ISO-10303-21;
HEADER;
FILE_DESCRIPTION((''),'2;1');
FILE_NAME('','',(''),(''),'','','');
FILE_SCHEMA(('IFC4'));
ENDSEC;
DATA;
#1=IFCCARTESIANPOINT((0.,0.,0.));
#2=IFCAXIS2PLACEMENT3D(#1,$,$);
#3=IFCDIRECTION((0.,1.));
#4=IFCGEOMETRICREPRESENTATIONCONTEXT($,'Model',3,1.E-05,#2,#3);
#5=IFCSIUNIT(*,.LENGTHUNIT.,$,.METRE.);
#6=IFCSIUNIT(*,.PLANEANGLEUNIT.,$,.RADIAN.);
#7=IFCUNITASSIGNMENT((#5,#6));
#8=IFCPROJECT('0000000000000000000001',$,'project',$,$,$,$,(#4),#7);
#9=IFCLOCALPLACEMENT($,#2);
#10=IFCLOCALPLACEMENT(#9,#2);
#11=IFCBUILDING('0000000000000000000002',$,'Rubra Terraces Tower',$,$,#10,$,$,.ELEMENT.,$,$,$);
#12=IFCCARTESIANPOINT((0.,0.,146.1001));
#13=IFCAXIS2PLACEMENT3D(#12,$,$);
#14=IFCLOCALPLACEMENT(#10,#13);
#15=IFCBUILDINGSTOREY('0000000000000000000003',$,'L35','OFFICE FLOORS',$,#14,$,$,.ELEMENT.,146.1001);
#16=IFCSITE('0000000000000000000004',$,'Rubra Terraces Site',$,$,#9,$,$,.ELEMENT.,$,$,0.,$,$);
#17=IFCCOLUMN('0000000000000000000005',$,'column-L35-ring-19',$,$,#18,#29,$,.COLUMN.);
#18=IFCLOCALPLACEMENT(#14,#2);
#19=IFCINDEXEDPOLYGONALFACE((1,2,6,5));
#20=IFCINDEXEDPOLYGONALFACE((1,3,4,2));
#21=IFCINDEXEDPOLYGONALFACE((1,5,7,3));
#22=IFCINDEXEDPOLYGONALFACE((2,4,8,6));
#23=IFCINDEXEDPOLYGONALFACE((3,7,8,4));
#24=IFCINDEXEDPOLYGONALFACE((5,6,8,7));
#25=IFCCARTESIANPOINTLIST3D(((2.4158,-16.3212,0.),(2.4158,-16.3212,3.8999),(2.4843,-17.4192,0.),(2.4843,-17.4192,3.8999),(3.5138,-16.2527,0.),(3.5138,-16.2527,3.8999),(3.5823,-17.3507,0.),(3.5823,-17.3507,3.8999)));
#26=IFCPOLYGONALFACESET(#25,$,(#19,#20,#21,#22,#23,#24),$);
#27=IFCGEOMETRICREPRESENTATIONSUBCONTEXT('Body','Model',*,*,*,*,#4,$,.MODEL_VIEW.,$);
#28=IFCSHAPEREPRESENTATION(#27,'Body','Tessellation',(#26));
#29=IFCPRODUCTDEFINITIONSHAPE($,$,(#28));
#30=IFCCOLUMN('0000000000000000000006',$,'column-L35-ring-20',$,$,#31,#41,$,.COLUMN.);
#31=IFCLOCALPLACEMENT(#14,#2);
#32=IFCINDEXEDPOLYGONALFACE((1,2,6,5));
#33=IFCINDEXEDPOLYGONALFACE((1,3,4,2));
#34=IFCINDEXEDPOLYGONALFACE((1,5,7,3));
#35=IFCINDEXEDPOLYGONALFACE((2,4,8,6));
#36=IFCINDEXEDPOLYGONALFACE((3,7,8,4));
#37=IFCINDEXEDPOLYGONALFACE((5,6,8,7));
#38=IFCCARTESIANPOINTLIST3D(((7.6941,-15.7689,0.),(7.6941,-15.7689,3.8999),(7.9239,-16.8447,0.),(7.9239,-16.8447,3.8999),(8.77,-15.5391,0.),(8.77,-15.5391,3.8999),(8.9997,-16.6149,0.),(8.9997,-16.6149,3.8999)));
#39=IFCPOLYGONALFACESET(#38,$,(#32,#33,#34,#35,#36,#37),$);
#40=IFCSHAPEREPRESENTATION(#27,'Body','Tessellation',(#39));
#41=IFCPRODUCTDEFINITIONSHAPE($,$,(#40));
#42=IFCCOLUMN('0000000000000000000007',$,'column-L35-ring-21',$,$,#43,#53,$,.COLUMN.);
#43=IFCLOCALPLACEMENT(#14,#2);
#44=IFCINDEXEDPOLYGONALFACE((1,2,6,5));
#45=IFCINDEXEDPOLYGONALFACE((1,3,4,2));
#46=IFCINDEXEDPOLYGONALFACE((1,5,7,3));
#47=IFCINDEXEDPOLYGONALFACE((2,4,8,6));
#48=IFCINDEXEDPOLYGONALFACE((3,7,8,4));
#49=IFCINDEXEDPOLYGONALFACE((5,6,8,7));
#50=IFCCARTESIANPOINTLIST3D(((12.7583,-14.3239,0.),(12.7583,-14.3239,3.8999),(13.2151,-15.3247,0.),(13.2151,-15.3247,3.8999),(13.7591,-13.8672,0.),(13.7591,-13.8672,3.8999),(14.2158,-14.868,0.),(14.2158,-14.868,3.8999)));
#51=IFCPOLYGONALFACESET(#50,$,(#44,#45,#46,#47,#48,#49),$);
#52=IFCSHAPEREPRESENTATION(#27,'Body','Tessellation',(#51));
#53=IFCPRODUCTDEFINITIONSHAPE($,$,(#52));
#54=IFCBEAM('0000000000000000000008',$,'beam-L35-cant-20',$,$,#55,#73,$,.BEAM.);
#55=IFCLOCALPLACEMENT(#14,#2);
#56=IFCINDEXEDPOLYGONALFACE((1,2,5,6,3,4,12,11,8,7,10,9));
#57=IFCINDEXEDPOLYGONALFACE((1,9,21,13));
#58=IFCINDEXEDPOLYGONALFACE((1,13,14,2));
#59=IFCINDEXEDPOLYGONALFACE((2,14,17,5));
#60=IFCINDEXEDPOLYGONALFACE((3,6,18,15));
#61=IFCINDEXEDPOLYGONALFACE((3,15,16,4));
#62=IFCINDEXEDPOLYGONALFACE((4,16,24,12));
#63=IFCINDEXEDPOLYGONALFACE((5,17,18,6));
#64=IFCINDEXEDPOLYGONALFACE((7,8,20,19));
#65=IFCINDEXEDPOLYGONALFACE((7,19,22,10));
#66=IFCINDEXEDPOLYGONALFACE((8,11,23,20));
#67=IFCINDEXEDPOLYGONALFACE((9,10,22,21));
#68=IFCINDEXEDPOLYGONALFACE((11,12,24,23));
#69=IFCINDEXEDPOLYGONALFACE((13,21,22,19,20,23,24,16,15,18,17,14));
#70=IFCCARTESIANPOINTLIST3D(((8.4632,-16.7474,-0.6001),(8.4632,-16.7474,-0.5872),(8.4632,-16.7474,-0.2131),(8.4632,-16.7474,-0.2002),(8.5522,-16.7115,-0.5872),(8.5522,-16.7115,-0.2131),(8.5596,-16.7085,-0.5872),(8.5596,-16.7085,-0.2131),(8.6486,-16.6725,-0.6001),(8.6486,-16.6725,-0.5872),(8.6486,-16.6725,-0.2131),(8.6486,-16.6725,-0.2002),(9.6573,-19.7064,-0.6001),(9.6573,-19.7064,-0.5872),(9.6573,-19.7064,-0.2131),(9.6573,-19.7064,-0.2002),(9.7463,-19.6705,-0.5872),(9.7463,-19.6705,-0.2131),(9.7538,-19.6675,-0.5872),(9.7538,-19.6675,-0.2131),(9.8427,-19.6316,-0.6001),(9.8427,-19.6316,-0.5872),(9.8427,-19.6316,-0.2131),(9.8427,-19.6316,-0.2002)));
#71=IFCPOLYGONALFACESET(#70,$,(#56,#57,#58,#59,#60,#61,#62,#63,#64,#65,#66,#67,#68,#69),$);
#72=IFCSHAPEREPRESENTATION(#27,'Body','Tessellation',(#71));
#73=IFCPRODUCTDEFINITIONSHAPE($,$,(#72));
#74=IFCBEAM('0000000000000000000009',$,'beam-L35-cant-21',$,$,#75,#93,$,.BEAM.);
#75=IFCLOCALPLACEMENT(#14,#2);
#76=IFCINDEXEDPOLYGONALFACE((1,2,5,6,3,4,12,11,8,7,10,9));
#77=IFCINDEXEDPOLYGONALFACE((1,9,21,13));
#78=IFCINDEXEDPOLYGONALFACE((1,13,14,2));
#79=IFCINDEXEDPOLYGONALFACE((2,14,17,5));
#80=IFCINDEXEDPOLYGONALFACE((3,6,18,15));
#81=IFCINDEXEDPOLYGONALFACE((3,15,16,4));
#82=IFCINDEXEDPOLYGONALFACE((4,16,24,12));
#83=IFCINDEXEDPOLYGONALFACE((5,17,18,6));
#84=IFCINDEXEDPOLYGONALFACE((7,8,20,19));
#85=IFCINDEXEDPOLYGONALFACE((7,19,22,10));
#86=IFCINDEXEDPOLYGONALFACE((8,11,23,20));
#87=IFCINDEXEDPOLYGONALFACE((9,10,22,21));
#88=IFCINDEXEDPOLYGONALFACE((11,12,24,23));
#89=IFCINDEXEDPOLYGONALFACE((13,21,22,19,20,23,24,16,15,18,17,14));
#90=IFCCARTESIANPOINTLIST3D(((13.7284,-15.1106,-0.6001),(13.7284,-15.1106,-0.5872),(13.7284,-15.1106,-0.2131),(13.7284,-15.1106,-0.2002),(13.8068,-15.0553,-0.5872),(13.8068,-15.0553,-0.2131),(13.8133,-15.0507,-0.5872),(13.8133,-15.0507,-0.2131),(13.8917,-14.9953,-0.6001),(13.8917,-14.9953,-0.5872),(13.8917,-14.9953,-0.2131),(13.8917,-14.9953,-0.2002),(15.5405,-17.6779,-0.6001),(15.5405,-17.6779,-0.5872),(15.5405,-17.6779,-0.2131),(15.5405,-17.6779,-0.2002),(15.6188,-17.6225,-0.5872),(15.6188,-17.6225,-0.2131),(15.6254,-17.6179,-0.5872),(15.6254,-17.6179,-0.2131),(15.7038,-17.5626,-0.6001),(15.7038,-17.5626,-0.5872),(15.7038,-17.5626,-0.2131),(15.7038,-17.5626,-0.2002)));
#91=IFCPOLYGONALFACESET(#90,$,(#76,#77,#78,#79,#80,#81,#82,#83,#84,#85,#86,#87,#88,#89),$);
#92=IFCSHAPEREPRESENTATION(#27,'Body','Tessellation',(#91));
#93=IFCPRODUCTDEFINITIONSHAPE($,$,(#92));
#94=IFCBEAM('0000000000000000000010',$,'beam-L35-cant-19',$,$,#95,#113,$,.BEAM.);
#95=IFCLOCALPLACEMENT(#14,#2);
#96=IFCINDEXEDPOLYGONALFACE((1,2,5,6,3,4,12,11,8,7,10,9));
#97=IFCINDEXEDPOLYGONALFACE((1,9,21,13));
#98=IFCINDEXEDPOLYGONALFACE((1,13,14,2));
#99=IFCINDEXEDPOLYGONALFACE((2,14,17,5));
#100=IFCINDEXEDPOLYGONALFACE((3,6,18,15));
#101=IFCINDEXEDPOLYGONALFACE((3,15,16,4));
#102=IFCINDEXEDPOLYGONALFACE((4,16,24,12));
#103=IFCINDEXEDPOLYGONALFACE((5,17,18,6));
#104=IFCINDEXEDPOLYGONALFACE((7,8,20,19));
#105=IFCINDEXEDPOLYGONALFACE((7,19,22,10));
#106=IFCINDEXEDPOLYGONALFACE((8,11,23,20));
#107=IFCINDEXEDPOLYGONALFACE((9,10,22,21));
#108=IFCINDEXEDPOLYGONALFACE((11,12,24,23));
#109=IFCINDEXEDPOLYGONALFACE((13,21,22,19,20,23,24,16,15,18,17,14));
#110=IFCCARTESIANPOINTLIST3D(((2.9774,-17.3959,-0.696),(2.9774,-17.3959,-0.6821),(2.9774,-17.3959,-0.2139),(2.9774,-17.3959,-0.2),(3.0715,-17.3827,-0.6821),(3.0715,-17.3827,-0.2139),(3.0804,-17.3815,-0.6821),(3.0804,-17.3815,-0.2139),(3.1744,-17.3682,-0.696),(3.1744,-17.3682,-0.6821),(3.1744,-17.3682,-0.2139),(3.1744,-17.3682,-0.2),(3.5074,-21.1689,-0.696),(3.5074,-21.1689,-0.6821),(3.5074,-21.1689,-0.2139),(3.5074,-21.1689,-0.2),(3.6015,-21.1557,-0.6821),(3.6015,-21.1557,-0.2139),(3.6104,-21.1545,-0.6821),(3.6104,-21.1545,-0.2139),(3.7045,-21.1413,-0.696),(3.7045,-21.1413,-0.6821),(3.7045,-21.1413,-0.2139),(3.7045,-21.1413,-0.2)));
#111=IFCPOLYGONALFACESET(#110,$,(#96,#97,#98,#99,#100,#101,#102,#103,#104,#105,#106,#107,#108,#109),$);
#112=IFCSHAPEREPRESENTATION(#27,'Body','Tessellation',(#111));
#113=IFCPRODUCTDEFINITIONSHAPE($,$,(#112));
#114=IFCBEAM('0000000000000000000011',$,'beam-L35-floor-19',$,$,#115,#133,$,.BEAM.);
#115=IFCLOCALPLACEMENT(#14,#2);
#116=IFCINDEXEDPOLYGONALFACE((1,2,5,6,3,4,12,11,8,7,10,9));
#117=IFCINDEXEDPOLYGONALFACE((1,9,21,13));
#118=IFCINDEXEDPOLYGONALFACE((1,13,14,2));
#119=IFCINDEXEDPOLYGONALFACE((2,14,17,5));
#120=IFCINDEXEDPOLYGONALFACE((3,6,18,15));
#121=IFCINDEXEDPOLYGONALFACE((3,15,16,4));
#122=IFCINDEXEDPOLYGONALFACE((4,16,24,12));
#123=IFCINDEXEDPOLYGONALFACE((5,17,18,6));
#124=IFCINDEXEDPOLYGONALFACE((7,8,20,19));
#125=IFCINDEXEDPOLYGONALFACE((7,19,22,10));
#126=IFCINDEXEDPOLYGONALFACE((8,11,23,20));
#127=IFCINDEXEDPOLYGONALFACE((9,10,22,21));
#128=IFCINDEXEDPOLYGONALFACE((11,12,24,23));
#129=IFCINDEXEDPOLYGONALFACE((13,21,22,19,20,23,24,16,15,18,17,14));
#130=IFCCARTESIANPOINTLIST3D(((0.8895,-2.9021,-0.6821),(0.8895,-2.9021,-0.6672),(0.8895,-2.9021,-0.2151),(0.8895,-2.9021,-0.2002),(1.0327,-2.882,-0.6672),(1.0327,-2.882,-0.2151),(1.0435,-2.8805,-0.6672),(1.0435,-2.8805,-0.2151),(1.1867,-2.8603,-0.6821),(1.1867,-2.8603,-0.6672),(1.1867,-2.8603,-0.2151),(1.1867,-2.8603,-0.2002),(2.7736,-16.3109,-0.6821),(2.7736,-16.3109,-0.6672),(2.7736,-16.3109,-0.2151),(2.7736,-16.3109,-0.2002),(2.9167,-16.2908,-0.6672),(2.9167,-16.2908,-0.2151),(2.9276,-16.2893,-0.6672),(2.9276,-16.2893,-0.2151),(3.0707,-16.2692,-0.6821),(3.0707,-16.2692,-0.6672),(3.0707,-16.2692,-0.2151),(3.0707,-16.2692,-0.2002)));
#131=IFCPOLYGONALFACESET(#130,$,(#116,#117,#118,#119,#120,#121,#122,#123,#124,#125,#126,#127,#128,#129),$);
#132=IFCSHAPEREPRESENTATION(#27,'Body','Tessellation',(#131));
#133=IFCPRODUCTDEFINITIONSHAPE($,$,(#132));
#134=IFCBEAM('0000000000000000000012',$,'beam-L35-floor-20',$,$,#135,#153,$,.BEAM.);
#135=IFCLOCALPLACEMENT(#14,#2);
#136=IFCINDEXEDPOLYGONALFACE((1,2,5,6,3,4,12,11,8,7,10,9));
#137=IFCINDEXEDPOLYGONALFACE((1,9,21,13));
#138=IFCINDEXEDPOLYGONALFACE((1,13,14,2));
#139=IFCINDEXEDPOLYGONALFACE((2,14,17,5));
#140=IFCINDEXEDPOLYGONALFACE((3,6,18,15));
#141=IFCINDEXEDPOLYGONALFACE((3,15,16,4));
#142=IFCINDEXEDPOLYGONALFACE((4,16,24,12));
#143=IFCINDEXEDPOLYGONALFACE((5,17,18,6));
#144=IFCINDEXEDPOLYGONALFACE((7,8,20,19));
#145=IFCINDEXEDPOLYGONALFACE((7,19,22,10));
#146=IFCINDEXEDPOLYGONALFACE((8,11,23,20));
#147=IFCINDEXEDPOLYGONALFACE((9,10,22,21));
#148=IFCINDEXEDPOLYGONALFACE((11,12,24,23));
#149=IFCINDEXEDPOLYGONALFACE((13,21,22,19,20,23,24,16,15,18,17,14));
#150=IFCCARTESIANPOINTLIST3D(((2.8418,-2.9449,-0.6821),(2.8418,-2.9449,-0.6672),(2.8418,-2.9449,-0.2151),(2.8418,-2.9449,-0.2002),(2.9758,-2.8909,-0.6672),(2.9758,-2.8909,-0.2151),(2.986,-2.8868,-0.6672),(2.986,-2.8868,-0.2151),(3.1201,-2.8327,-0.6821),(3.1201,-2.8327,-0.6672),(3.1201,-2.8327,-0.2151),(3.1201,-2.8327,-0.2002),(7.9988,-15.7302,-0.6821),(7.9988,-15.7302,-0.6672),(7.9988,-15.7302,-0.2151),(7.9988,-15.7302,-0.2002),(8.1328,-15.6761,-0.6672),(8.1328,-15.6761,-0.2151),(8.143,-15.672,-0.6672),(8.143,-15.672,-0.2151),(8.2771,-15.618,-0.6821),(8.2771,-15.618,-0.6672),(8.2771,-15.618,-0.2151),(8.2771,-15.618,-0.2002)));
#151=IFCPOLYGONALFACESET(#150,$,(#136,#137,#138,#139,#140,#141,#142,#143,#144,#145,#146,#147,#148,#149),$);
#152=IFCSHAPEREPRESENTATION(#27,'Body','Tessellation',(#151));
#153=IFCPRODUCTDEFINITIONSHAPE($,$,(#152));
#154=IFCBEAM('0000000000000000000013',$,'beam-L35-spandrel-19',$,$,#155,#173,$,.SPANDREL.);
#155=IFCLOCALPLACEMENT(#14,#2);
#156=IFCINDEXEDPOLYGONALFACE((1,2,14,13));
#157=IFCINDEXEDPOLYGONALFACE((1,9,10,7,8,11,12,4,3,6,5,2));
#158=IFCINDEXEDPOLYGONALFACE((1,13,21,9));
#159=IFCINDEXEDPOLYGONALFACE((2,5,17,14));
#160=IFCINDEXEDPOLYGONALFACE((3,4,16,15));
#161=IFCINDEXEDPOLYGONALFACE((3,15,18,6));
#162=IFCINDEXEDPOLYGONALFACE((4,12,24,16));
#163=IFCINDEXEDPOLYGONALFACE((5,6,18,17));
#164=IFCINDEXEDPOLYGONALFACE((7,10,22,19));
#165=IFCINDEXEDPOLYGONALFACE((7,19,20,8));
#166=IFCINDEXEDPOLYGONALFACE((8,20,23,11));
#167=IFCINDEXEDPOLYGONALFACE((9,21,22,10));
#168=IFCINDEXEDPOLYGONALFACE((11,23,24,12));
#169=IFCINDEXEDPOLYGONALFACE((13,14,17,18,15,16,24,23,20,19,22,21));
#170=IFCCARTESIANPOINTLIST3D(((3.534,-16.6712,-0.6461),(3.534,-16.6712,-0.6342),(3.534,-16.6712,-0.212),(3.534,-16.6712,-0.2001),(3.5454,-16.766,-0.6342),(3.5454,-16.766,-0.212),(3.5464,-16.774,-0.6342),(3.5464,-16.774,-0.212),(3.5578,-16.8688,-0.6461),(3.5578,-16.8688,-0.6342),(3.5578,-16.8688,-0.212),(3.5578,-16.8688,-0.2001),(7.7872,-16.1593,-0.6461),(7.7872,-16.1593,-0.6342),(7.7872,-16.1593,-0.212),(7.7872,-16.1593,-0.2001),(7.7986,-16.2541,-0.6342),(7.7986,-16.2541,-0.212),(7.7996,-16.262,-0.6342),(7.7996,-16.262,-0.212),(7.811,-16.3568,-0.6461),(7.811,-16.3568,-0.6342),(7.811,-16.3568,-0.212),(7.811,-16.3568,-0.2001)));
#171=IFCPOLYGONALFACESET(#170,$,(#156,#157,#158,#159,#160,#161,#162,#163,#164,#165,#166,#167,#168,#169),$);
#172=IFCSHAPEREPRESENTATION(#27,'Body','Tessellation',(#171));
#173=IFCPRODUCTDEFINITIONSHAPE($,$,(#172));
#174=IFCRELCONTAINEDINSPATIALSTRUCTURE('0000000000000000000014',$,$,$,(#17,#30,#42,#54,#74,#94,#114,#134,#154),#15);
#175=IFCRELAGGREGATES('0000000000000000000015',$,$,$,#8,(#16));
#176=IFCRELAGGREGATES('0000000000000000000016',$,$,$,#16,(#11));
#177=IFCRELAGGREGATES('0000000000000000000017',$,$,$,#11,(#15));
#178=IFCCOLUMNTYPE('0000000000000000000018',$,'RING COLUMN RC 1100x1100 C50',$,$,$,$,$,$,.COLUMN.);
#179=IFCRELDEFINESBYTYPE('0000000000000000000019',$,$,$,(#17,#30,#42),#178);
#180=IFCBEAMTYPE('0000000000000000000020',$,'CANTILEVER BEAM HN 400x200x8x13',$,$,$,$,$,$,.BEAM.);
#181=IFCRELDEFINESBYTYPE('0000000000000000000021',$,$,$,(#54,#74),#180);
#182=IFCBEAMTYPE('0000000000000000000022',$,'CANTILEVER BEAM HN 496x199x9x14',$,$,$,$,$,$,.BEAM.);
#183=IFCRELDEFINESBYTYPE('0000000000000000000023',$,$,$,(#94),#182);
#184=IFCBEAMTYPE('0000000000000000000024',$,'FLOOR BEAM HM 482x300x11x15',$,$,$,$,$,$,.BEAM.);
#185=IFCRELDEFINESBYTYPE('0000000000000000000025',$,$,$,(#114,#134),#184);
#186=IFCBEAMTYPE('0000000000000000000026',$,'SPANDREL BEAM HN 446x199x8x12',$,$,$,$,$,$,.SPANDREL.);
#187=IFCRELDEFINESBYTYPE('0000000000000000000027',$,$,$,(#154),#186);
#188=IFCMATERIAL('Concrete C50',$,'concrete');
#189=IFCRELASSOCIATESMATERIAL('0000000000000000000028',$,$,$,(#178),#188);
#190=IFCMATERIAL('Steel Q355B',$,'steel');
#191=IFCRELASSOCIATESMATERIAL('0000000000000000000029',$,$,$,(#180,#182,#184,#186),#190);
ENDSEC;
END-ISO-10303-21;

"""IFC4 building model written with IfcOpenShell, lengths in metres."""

from ifc_helpers import new_model, si_unit, direction, frame, origin, origin_2d, place, context, subcontext, project, spatial, rectangle, i_section, extrude, material, material_profile, profile_set, type_object, element, save


model = new_model("IFC4")

# Units and contexts
model_context = context("Model", 3, precision=1e-05, world=origin(), true_north=direction((0.0, 1.0)))
body_context = subcontext(model_context, "Body", "Model", "MODEL_VIEW")
ifc_project = project(units=[si_unit("LENGTHUNIT", "METRE"), si_unit("PLANEANGLEUNIT", "RADIAN")], contexts=[model_context])

# Site, building, storey
site_placement = place(None, origin())
site = spatial("IfcSite", under=ifc_project, at=site_placement, Name="Rubra Terraces Site", CompositionType="ELEMENT", RefElevation=0.0)
building_placement = place(site_placement, origin())
building = spatial("IfcBuilding", under=site, at=building_placement, Name="Rubra Terraces Tower", CompositionType="ELEMENT")
storey_placement = place(building_placement, frame((0.0, 0.0, 146.1001)))
storey = spatial("IfcBuildingStorey", under=building, at=storey_placement, Name="L35", Description="OFFICE FLOORS", CompositionType="ELEMENT", Elevation=146.1001)

# Columns
ifc_material_1 = material(Name="Concrete C50", Category="concrete")
ifc_material_profile_1 = material_profile(ifc_material_1, rectangle(XDim=1.1001, YDim=1.1001, at=origin_2d()), Name="RC 1100x1100")
ifc_profile_set_1 = profile_set([ifc_material_profile_1], Name="Concrete C50")
column_type = type_object("IfcColumnType", Name="RING COLUMN RC 1100x1100 C50", PredefinedType="COLUMN", material=ifc_profile_set_1)
for number, where, z_axis, x_axis, name in (
    (1, (2.999, -16.8359, 0.0), (0.0, 0.0, 1.0), (0.998059, 0.062268, 0.0), "column-L35-ring-19"),
    (2, (8.3469, -16.1919, 0.0), (0.0, 0.0, 1.0), (0.977944, 0.208867, 0.0), "column-L35-ring-20"),
    (3, (13.4871, -14.5959, 0.0), (0.0, 0.0, 1.0), (0.909726, 0.415208, 0.0), "column-L35-ring-21"),
):
    element("IfcColumn", number, at=place(storey_placement, frame(where, z_axis=z_axis, x_axis=x_axis)), inside=storey, type_object=column_type, Name=name, PredefinedType="COLUMN", context=body_context, shape_type="SweptSolid", body=[
        extrude(rectangle(XDim=1.1001, YDim=1.1001, at=origin_2d()), origin(), (0.0, 0.0, 1.0), 3.8999),
    ])

# Beams
ifc_material_2 = material(Name="Steel Q355B", Category="steel")
ifc_material_profile_2 = material_profile(ifc_material_2, i_section(OverallWidth=0.2, OverallDepth=0.3999, WebThickness=0.0081, FlangeThickness=0.0129, at=origin_2d()), Name="HN 400x200x8x13")
ifc_profile_set_2 = profile_set([ifc_material_profile_2], Name="Steel Q355B")
beam_type_1 = type_object("IfcBeamType", Name="CANTILEVER BEAM HN 400x200x8x13", PredefinedType="BEAM", material=ifc_profile_set_2)
beam_1_placement = place(storey_placement, frame((8.5559, -16.71, -0.4001), z_axis=(0.374225, -0.927338, 0.0), x_axis=(0.927338, 0.374225, 0.0)))
element("IfcBeam", 4, at=beam_1_placement, inside=storey, type_object=beam_type_1, Name="beam-L35-cant-20", PredefinedType="BEAM", context=body_context, shape_type="SweptSolid", body=[
    extrude(i_section(OverallWidth=0.2, OverallDepth=0.3999, WebThickness=0.0081, FlangeThickness=0.0129, at=origin_2d()), origin(), (0.0, 0.0, 1.0), 3.1909),
])
beam_2_placement = place(storey_placement, frame((13.8101, -15.053, -0.4001), z_axis=(0.576665, -0.816981, 0.0), x_axis=(0.816981, 0.576665, 0.0)))
element("IfcBeam", 5, at=beam_2_placement, inside=storey, type_object=beam_type_1, Name="beam-L35-cant-21", PredefinedType="BEAM", context=body_context, shape_type="SweptSolid", body=[
    extrude(i_section(OverallWidth=0.2, OverallDepth=0.3999, WebThickness=0.0081, FlangeThickness=0.0129, at=origin_2d()), origin(), (0.0, 0.0, 1.0), 3.1423),
])
ifc_material_profile_3 = material_profile(ifc_material_2, i_section(OverallWidth=0.199, OverallDepth=0.4961, WebThickness=0.009, FlangeThickness=0.0139, at=origin_2d()), Name="HN 496x199x9x14")
ifc_profile_set_3 = profile_set([ifc_material_profile_3], Name="Steel Q355B")
beam_type_2 = type_object("IfcBeamType", Name="CANTILEVER BEAM HN 496x199x9x14", PredefinedType="BEAM", material=ifc_profile_set_3)
beam_3_placement = place(storey_placement, frame((3.0759, -17.3821, -0.448), z_axis=(0.139115, -0.990276, 0.0), x_axis=(0.990276, 0.139115, 0.0)))
element("IfcBeam", 6, at=beam_3_placement, inside=storey, type_object=beam_type_2, Name="beam-L35-cant-19", PredefinedType="BEAM", context=body_context, shape_type="SweptSolid", body=[
    extrude(i_section(OverallWidth=0.199, OverallDepth=0.4961, WebThickness=0.009, FlangeThickness=0.0139, at=origin_2d()), origin(), (0.0, 0.0, 1.0), 3.8101),
])
ifc_material_profile_4 = material_profile(ifc_material_2, i_section(OverallWidth=0.3, OverallDepth=0.4819, WebThickness=0.011, FlangeThickness=0.0149, at=origin_2d()), Name="HM 482x300x11x15")
ifc_profile_set_4 = profile_set([ifc_material_profile_4], Name="Steel Q355B")
beam_type_3 = type_object("IfcBeamType", Name="FLOOR BEAM HM 482x300x11x15", PredefinedType="BEAM", material=ifc_profile_set_4)
beam_4_placement = place(storey_placement, frame((2.9221, -16.29, -0.4412), z_axis=(-0.139139, 0.990273, 0.0), x_axis=(-0.990273, -0.139139, 0.0)))
element("IfcBeam", 7, at=beam_4_placement, inside=storey, type_object=beam_type_3, Name="beam-L35-floor-19", PredefinedType="BEAM", context=body_context, shape_type="SweptSolid", body=[
    extrude(i_section(OverallWidth=0.3, OverallDepth=0.4819, WebThickness=0.011, FlangeThickness=0.0149, at=origin_2d()), origin(), (0.0, 0.0, 1.0), 13.5405),
])
beam_5_placement = place(storey_placement, frame((8.1379, -15.6741, -0.4412), z_axis=(-0.374073, 0.927399, 0.0), x_axis=(-0.927399, -0.374073, 0.0)))
element("IfcBeam", 8, at=beam_5_placement, inside=storey, type_object=beam_type_3, Name="beam-L35-floor-20", PredefinedType="BEAM", context=body_context, shape_type="SweptSolid", body=[
    extrude(i_section(OverallWidth=0.3, OverallDepth=0.4819, WebThickness=0.011, FlangeThickness=0.0149, at=origin_2d()), origin(), (0.0, 0.0, 1.0), 13.7861),
])
ifc_material_profile_5 = material_profile(ifc_material_2, i_section(OverallWidth=0.199, OverallDepth=0.446, WebThickness=0.0081, FlangeThickness=0.012, at=origin_2d()), Name="HN 446x199x8x12")
ifc_profile_set_5 = profile_set([ifc_material_profile_5], Name="Steel Q355B")
beam_type_4 = type_object("IfcBeamType", Name="SPANDREL BEAM HN 446x199x8x12", PredefinedType="SPANDREL", material=ifc_profile_set_5)
beam_6_placement = place(storey_placement, frame((3.5459, -16.77, -0.4231), z_axis=(0.992833, 0.119509, 0.0), x_axis=(-0.119509, 0.992833, 0.0)))
element("IfcBeam", 9, at=beam_6_placement, inside=storey, type_object=beam_type_4, Name="beam-L35-spandrel-19", PredefinedType="SPANDREL", context=body_context, shape_type="SweptSolid", body=[
    extrude(i_section(OverallWidth=0.199, OverallDepth=0.446, WebThickness=0.0081, FlangeThickness=0.012, at=origin_2d()), origin(), (0.0, 0.0, 1.0), 4.2839),
])

save(model, "model.ifc")
